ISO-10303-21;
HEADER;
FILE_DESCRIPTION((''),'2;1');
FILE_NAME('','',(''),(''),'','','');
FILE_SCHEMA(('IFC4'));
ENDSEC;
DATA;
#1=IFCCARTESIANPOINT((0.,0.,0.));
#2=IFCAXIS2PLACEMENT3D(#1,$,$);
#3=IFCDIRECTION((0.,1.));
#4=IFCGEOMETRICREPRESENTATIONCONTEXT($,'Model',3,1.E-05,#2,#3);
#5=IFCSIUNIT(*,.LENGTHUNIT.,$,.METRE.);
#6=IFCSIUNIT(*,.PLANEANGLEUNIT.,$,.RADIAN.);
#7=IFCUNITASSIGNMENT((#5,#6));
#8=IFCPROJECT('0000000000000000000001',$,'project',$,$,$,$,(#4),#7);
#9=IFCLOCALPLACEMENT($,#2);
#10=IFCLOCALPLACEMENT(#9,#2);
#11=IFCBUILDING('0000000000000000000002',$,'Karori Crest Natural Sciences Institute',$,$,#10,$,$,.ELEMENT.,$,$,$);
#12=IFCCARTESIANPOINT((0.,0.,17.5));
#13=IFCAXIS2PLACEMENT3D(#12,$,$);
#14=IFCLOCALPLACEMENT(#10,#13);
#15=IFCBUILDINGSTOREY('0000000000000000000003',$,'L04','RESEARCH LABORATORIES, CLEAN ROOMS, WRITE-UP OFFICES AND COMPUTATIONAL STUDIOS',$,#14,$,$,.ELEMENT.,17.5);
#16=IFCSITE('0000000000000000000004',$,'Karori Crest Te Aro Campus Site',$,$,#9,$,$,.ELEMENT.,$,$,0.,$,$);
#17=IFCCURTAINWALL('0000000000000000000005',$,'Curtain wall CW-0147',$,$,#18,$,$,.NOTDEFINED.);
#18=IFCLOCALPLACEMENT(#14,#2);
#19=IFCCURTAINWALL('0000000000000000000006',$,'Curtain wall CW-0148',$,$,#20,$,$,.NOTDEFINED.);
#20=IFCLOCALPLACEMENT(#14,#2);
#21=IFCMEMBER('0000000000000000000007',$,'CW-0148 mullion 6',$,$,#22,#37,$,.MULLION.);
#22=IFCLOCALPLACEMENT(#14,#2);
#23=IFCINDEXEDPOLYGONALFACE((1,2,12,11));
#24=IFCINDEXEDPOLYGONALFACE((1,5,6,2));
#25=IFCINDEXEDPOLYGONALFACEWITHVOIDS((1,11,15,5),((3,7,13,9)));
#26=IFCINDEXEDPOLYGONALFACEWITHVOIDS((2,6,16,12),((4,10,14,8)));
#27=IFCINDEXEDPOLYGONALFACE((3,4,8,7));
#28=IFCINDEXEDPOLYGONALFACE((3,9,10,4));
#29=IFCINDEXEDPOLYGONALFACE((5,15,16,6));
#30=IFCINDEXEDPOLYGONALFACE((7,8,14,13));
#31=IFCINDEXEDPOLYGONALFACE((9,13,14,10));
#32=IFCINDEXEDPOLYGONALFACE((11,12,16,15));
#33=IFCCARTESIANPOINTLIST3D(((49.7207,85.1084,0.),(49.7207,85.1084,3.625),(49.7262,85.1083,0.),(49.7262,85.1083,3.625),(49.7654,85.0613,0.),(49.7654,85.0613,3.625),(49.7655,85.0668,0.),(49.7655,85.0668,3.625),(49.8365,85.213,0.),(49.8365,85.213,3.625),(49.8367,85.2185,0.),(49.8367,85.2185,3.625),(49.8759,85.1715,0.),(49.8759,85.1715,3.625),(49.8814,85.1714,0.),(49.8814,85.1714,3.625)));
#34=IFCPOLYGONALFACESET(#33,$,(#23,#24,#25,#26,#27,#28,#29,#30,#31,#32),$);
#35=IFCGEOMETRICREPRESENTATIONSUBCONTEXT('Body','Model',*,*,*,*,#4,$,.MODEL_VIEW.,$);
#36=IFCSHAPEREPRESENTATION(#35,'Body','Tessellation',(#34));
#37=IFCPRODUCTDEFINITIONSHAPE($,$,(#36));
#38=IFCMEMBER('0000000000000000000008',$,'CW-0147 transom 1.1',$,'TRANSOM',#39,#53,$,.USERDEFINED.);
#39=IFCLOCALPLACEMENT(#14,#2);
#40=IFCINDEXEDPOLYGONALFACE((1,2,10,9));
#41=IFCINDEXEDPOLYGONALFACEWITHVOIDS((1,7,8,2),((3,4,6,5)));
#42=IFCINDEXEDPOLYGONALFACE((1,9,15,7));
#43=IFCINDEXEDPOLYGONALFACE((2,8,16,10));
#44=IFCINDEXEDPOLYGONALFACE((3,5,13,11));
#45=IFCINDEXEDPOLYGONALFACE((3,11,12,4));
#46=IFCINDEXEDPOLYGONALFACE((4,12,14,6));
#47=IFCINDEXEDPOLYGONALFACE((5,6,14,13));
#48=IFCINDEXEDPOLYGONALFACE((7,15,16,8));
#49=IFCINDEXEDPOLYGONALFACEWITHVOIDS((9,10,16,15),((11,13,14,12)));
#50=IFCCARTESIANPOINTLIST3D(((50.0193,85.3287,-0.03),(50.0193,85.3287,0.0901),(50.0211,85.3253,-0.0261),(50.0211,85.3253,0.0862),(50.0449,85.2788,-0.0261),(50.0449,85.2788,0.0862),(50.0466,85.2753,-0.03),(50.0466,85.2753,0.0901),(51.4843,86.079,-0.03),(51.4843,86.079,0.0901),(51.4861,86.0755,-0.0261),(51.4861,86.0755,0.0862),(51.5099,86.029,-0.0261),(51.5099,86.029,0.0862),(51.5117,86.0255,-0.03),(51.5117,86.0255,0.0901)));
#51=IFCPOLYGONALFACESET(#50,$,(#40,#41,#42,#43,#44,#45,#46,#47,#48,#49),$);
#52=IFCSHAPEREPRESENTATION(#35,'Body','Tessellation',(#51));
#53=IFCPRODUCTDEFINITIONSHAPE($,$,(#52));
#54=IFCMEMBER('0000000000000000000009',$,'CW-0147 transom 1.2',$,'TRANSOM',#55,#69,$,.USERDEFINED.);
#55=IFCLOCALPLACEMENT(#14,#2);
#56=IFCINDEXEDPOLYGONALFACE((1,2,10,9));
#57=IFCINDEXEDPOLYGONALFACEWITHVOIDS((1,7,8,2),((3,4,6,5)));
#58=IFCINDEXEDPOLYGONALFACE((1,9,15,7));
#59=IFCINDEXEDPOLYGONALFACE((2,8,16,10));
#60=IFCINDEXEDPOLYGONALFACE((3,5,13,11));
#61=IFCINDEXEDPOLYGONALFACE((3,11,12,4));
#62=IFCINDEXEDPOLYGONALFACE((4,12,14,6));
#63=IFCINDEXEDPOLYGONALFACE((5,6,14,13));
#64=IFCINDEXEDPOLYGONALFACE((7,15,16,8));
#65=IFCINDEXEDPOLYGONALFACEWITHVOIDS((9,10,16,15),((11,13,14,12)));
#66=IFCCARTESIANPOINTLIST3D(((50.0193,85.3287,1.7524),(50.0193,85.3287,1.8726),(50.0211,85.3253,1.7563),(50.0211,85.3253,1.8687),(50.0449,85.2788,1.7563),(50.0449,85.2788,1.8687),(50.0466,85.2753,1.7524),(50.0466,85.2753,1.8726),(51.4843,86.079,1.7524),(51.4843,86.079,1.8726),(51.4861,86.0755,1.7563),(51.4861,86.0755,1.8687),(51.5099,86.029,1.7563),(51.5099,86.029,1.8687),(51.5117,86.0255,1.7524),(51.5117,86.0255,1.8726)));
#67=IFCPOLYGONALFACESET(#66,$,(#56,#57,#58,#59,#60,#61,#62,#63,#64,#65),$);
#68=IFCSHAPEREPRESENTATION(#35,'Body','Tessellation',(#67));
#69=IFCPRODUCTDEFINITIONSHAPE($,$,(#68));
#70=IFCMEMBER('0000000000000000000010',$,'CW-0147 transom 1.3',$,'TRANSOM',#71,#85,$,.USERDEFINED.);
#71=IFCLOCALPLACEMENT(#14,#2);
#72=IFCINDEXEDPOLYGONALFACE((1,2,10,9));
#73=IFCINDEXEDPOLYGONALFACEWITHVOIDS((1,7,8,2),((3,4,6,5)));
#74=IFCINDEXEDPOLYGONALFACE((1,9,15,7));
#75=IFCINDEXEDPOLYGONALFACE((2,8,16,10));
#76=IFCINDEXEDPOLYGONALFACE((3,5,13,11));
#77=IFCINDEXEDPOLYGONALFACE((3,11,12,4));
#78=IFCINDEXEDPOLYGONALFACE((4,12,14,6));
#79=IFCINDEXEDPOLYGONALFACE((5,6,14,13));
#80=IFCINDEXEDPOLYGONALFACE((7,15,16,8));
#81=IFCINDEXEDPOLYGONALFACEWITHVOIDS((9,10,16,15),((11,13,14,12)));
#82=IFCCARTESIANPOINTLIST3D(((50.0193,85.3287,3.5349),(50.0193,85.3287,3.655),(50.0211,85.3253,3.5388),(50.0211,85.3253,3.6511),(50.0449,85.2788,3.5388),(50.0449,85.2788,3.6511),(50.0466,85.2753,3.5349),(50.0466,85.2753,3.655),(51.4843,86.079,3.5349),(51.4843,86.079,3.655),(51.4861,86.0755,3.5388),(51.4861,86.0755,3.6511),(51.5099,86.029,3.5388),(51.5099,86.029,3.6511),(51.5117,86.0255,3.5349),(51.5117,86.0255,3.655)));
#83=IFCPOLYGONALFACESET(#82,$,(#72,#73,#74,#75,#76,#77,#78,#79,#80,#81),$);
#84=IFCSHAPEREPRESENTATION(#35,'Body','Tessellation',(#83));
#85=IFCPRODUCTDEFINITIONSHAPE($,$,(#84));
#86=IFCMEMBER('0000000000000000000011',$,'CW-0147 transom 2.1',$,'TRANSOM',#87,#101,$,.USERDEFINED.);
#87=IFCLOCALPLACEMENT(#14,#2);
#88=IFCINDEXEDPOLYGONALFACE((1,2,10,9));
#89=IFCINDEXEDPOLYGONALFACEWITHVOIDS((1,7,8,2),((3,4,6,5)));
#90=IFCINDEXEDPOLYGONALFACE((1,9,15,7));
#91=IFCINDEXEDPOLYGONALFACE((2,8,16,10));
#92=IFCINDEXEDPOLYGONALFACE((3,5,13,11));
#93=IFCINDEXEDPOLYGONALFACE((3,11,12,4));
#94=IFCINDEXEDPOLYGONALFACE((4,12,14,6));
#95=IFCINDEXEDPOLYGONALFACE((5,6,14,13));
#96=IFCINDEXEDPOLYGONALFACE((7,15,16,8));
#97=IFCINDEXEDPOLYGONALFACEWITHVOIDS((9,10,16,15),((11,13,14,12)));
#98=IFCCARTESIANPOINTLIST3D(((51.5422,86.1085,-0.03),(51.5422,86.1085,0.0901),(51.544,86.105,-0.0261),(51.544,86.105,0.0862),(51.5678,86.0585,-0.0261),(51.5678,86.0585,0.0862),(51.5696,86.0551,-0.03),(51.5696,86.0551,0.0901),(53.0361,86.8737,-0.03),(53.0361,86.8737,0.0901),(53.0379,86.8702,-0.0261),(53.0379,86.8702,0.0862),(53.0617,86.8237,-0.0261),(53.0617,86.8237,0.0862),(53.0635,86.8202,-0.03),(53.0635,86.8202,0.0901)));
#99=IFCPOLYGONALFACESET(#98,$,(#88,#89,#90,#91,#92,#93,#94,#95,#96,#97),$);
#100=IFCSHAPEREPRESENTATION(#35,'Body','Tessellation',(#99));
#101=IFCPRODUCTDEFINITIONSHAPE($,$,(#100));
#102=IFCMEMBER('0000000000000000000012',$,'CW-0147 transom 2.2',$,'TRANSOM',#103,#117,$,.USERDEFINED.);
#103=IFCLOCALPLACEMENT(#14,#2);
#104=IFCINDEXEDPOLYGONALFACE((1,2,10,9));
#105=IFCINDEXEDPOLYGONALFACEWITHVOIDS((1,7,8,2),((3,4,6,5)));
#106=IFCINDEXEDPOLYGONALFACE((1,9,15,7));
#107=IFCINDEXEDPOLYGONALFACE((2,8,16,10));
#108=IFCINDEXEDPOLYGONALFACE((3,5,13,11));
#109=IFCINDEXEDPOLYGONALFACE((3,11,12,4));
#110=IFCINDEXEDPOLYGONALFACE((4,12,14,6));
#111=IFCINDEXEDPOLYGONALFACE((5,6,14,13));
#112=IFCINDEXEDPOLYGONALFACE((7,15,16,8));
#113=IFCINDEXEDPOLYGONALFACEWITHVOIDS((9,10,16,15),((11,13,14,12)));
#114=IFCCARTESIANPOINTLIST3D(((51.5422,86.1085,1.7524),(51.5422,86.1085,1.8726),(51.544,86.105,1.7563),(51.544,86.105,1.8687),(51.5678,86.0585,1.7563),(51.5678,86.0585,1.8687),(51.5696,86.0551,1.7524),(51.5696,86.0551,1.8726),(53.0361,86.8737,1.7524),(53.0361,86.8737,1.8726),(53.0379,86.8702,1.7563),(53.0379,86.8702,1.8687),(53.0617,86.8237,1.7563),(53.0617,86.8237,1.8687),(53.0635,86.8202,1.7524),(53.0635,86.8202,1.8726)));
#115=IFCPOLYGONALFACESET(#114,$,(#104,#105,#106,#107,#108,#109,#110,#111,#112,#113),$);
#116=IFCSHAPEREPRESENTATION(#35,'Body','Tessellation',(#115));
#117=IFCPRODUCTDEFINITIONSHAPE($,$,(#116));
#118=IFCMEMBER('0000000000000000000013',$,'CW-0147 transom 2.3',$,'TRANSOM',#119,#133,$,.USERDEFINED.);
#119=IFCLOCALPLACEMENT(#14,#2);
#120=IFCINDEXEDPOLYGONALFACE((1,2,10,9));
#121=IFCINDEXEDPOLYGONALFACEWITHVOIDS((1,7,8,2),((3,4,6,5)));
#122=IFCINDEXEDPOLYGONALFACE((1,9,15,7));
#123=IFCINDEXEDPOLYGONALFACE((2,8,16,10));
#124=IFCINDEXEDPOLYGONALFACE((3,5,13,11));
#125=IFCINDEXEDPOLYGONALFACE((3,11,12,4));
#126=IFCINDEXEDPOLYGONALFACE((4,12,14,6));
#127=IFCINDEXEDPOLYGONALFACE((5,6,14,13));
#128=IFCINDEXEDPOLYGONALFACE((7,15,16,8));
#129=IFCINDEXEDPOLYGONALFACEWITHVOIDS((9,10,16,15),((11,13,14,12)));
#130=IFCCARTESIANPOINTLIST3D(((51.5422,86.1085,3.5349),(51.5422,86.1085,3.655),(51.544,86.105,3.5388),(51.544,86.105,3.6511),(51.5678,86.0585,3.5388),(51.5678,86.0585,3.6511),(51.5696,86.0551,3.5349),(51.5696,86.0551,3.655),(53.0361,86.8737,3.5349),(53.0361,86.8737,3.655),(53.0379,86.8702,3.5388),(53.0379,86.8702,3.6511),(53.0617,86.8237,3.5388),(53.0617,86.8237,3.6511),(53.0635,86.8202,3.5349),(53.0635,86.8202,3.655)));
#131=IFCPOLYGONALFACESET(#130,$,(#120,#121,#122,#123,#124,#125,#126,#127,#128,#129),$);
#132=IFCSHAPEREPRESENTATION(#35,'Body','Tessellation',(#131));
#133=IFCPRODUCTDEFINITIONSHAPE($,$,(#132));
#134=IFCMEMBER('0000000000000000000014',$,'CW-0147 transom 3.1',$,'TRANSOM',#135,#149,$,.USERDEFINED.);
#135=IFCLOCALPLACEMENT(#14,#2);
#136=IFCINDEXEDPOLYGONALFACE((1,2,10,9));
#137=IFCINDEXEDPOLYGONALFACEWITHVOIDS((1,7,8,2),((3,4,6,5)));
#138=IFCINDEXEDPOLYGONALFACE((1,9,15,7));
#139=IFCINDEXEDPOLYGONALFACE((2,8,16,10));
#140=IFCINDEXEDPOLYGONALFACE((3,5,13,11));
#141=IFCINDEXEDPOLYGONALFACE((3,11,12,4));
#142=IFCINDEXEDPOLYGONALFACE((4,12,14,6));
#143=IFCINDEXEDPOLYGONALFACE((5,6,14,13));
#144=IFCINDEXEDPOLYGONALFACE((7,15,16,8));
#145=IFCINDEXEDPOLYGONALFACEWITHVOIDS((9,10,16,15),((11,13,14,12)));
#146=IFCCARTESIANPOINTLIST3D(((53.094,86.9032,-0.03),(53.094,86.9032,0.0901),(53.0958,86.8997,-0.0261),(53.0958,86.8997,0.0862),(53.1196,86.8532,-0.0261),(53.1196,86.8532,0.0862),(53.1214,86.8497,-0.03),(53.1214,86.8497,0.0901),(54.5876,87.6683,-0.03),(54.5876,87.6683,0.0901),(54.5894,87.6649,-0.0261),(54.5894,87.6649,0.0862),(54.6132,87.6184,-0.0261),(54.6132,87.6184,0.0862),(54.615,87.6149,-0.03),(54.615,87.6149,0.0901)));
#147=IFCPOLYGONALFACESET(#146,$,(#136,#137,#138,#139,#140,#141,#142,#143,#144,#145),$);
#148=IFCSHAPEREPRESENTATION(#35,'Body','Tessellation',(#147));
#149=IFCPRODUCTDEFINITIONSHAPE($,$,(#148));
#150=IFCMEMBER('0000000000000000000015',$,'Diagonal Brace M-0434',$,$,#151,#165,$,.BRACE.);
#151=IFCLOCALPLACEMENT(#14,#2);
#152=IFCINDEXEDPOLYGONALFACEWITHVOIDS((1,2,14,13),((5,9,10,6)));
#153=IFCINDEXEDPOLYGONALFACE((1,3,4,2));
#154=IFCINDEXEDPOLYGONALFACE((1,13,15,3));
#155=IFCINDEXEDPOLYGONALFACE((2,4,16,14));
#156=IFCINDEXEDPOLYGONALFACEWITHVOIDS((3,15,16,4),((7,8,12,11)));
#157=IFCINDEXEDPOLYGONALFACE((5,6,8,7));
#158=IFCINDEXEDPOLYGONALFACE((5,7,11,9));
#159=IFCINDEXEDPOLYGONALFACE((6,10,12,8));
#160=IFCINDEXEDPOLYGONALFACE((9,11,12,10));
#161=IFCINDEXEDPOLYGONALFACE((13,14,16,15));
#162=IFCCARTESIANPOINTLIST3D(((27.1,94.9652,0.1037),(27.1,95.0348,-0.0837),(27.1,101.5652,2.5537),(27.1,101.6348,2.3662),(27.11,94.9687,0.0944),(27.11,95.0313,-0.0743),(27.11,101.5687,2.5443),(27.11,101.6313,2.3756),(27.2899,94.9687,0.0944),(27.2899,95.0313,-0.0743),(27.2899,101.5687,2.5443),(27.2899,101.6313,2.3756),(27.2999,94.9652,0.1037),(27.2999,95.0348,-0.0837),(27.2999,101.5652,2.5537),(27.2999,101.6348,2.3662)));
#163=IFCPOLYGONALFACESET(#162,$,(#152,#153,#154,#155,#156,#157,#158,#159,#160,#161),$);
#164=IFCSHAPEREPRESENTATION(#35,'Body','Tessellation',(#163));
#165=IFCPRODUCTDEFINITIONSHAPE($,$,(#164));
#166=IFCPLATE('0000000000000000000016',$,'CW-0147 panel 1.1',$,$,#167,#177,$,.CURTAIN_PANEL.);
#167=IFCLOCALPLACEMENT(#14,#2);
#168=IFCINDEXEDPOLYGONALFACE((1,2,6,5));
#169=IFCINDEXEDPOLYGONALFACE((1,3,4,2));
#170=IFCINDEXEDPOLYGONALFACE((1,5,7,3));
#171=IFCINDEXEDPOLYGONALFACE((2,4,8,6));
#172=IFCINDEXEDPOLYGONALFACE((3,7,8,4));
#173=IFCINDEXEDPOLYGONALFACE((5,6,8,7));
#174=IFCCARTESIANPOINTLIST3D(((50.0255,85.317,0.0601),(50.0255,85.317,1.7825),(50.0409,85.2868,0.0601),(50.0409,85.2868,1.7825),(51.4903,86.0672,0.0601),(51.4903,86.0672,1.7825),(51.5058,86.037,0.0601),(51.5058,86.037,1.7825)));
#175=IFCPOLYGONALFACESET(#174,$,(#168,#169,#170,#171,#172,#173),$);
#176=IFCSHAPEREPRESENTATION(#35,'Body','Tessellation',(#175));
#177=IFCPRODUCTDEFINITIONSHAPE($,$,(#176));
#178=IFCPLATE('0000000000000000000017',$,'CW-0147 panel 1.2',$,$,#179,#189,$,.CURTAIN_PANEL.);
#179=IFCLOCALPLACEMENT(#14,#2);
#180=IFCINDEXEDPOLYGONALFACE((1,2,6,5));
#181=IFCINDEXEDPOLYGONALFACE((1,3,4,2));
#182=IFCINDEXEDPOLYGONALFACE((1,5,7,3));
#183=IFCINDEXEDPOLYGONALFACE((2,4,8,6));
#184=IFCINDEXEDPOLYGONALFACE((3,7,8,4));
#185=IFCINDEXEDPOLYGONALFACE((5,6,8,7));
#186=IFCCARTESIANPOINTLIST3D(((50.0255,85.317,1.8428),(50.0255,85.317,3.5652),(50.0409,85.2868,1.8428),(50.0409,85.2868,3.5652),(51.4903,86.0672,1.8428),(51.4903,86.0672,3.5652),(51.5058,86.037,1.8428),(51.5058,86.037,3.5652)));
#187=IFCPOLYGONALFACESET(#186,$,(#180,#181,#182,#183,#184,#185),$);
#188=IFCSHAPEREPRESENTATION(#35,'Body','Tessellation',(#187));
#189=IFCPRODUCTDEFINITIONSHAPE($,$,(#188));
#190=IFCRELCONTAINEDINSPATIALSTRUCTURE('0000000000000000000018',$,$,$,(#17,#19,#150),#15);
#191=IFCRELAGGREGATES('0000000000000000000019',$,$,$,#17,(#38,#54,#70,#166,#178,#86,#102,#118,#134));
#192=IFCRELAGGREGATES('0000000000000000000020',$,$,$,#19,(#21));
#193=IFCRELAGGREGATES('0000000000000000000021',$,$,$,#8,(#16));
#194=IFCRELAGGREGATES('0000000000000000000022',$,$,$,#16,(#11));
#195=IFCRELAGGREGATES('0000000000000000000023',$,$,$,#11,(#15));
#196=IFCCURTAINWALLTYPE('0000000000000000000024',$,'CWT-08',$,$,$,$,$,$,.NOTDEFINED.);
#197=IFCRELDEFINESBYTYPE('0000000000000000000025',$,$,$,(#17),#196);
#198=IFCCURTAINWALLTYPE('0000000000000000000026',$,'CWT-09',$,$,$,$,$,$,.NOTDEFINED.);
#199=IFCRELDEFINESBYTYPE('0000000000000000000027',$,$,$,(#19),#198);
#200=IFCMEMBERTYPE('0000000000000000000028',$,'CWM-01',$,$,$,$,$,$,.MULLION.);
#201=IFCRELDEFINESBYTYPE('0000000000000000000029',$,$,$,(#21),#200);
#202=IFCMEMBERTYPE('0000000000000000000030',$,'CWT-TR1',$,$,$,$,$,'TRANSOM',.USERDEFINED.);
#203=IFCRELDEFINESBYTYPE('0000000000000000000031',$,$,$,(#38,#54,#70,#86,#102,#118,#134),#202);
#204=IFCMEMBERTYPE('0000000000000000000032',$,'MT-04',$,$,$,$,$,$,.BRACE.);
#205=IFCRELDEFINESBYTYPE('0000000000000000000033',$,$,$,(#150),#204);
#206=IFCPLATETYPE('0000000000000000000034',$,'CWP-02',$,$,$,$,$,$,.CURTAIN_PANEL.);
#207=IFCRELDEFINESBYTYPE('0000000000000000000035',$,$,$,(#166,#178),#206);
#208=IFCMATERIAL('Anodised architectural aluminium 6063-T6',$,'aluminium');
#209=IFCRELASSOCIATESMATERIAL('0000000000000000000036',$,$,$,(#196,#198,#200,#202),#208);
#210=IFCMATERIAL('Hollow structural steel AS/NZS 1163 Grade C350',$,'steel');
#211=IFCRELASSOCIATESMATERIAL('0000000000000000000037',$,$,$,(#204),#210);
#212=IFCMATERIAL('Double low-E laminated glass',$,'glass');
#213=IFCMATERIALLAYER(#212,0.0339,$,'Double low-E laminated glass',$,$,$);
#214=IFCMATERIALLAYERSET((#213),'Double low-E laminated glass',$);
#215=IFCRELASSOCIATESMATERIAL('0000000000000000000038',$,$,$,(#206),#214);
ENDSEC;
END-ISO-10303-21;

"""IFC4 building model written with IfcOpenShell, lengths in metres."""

from ifc_helpers import new_model, si_unit, direction, frame, origin, origin_2d, place, context, subcontext, project, spatial, rectangle, hollow_rectangle, extrude, material, layer, layer_set, material_profile, profile_set, type_object, element, aggregate, save


model = new_model("IFC4")

# Units and contexts
model_context = context("Model", 3, precision=1e-05, world=origin(), true_north=direction((0.0, 1.0)))
body_context = subcontext(model_context, "Body", "Model", "MODEL_VIEW")
ifc_project = project(units=[si_unit("LENGTHUNIT", "METRE"), si_unit("PLANEANGLEUNIT", "RADIAN")], contexts=[model_context])

# Site, building, storey
site_placement = place(None, origin())
site = spatial("IfcSite", under=ifc_project, at=site_placement, Name="Karori Crest Te Aro Campus Site", CompositionType="ELEMENT", RefElevation=0.0)
building_placement = place(site_placement, origin())
building = spatial("IfcBuilding", under=site, at=building_placement, Name="Karori Crest Natural Sciences Institute", CompositionType="ELEMENT")
storey_placement = place(building_placement, frame((0.0, 0.0, 17.5)))
storey = spatial("IfcBuildingStorey", under=building, at=storey_placement, Name="L04", Description="RESEARCH LABORATORIES, CLEAN ROOMS, WRITE-UP OFFICES AND COMPUTATIONAL STUDIOS", CompositionType="ELEMENT", Elevation=17.5)

# Shared definitions
ifc_material_1 = material(Name="Hollow structural steel AS/NZS 1163 Grade C350", Category="steel")

# Curtain wall
ifc_material_2 = material(Name="Anodised architectural aluminium 6063-T6", Category="aluminium")
curtain_wall_type_1 = type_object("IfcCurtainWallType", Name="CWT-08", PredefinedType="NOTDEFINED", material=ifc_material_2)
curtain_wall_1_placement = place(storey_placement, origin())
curtain_wall_1 = element("IfcCurtainWall", 1, at=curtain_wall_1_placement, inside=storey, type_object=curtain_wall_type_1, Name="Curtain wall CW-0147", PredefinedType="NOTDEFINED")
ifc_material_profile_1 = material_profile(ifc_material_2, hollow_rectangle(XDim=0.0649, YDim=0.1599, WallThickness=0.0039, at=origin_2d()), Name="CWM160x65x4")
ifc_profile_set_1 = profile_set([ifc_material_profile_1], Name="Anodised architectural aluminium 6063-T6")
member_type_1 = type_object("IfcMemberType", Name="CWM-01", PredefinedType="MULLION", material=ifc_profile_set_1)

# Curtain wall, member
curtain_wall_type_2 = type_object("IfcCurtainWallType", Name="CWT-09", PredefinedType="NOTDEFINED", material=ifc_material_2)
curtain_wall_2_placement = place(storey_placement, origin())
curtain_wall_2 = element("IfcCurtainWall", 2, at=curtain_wall_2_placement, inside=storey, type_object=curtain_wall_type_2, Name="Curtain wall CW-0148", PredefinedType="NOTDEFINED")
member_1_placement = place(storey_placement, frame((49.801, 85.1399, 0.0), z_axis=(0.0, 0.0, 1.0), x_axis=(-0.688251, 0.725473, 0.0)))
member_1 = element("IfcMember", 3, at=member_1_placement, type_object=member_type_1, Name="CW-0148 mullion 6", PredefinedType="MULLION", context=body_context, shape_type="SweptSolid", body=[
    extrude(hollow_rectangle(XDim=0.0649, YDim=0.1599, WallThickness=0.0039, at=origin_2d()), origin(), (0.0, 0.0, 1.0), 3.625),
])

# Members
ifc_material_profile_2 = material_profile(ifc_material_2, hollow_rectangle(XDim=0.0601, YDim=0.1201, WallThickness=0.0039, at=origin_2d()), Name="CWT120x60x4")
ifc_profile_set_2 = profile_set([ifc_material_profile_2], Name="Anodised architectural aluminium 6063-T6")
member_type_2 = type_object("IfcMemberType", Name="CWT-TR1", ElementType="TRANSOM", PredefinedType="USERDEFINED", material=ifc_profile_set_2)
member_2_placement = place(storey_placement, frame((50.033, 85.302, 0.03), z_axis=(0.890084, 0.455796, 0.0), x_axis=(-0.455796, 0.890084, 0.0)))
member_2 = element("IfcMember", 4, at=member_2_placement, type_object=member_type_2, Name="CW-0147 transom 1.1", ObjectType="TRANSOM", PredefinedType="USERDEFINED", context=body_context, shape_type="SweptSolid", body=[
    extrude(hollow_rectangle(XDim=0.0601, YDim=0.1201, WallThickness=0.0039, at=origin_2d()), origin(), (0.0, 0.0, 1.0), 1.646),
])
member_3_placement = place(storey_placement, frame((50.033, 85.302, 1.8125), z_axis=(0.890084, 0.455796, 0.0), x_axis=(-0.455796, 0.890084, 0.0)))
member_3 = element("IfcMember", 5, at=member_3_placement, type_object=member_type_2, Name="CW-0147 transom 1.2", ObjectType="TRANSOM", PredefinedType="USERDEFINED", context=body_context, shape_type="SweptSolid", body=[
    extrude(hollow_rectangle(XDim=0.0601, YDim=0.1201, WallThickness=0.0039, at=origin_2d()), origin(), (0.0, 0.0, 1.0), 1.646),
])
member_4_placement = place(storey_placement, frame((50.033, 85.302, 3.595), z_axis=(0.890084, 0.455796, 0.0), x_axis=(-0.455796, 0.890084, 0.0)))
member_4 = element("IfcMember", 6, at=member_4_placement, type_object=member_type_2, Name="CW-0147 transom 1.3", ObjectType="TRANSOM", PredefinedType="USERDEFINED", context=body_context, shape_type="SweptSolid", body=[
    extrude(hollow_rectangle(XDim=0.0601, YDim=0.1201, WallThickness=0.0039, at=origin_2d()), origin(), (0.0, 0.0, 1.0), 1.646),
])
member_5_placement = place(storey_placement, frame((51.5559, 86.0818, 0.03), z_axis=(0.890051, 0.455862, 0.0), x_axis=(-0.455862, 0.890051, 0.0)))
member_5 = element("IfcMember", 7, at=member_5_placement, type_object=member_type_2, Name="CW-0147 transom 2.1", ObjectType="TRANSOM", PredefinedType="USERDEFINED", context=body_context, shape_type="SweptSolid", body=[
    extrude(hollow_rectangle(XDim=0.0601, YDim=0.1201, WallThickness=0.0039, at=origin_2d()), origin(), (0.0, 0.0, 1.0), 1.6785),
])
member_6_placement = place(storey_placement, frame((51.5559, 86.0818, 1.8125), z_axis=(0.890051, 0.455862, 0.0), x_axis=(-0.455862, 0.890051, 0.0)))
member_6 = element("IfcMember", 8, at=member_6_placement, type_object=member_type_2, Name="CW-0147 transom 2.2", ObjectType="TRANSOM", PredefinedType="USERDEFINED", context=body_context, shape_type="SweptSolid", body=[
    extrude(hollow_rectangle(XDim=0.0601, YDim=0.1201, WallThickness=0.0039, at=origin_2d()), origin(), (0.0, 0.0, 1.0), 1.6785),
])
member_7_placement = place(storey_placement, frame((51.5559, 86.0818, 3.595), z_axis=(0.890051, 0.455862, 0.0), x_axis=(-0.455862, 0.890051, 0.0)))
member_7 = element("IfcMember", 9, at=member_7_placement, type_object=member_type_2, Name="CW-0147 transom 2.3", ObjectType="TRANSOM", PredefinedType="USERDEFINED", context=body_context, shape_type="SweptSolid", body=[
    extrude(hollow_rectangle(XDim=0.0601, YDim=0.1201, WallThickness=0.0039, at=origin_2d()), origin(), (0.0, 0.0, 1.0), 1.6785),
])
member_8_placement = place(storey_placement, frame((53.1077, 86.8765, 0.03), z_axis=(0.89002, 0.455921, 0.0), x_axis=(-0.455921, 0.89002, 0.0)))
member_8 = element("IfcMember", 10, at=member_8_placement, type_object=member_type_2, Name="CW-0147 transom 3.1", ObjectType="TRANSOM", PredefinedType="USERDEFINED", context=body_context, shape_type="SweptSolid", body=[
    extrude(hollow_rectangle(XDim=0.0601, YDim=0.1201, WallThickness=0.0039, at=origin_2d()), origin(), (0.0, 0.0, 1.0), 1.6782),
])
ifc_material_profile_3 = material_profile(ifc_material_1, hollow_rectangle(XDim=0.2, YDim=0.2, WallThickness=0.01, at=origin_2d()), Name="SHS200x200x10")
ifc_profile_set_3 = profile_set([ifc_material_profile_3], Name="Hollow structural steel AS/NZS 1163 Grade C350")
member_type_3 = type_object("IfcMemberType", Name="MT-04", PredefinedType="BRACE", material=ifc_profile_set_3)
member_9_placement = place(storey_placement, frame((27.2, 95.0, 0.01), z_axis=(0.0, 0.937495, 0.347998), x_axis=(-1.0, 0.0, 0.0)))
element("IfcMember", 11, at=member_9_placement, inside=storey, type_object=member_type_3, Name="Diagonal Brace M-0434", PredefinedType="BRACE", context=body_context, shape_type="SweptSolid", body=[
    extrude(hollow_rectangle(XDim=0.2, YDim=0.2, WallThickness=0.01, at=origin_2d()), origin(), (0.0, 0.0, 1.0), 7.04),
])

# Plates
ifc_material_3 = material(Name="Double low-E laminated glass", Category="glass")
ifc_layer_1 = layer(ifc_material_3, 0.0339, Name="Double low-E laminated glass")
ifc_layer_set_1 = layer_set([ifc_layer_1], Name="Double low-E laminated glass")
plate_type_1 = type_object("IfcPlateType", Name="CWP-02", PredefinedType="CURTAIN_PANEL", material=ifc_layer_set_1)
plate_1_placement = place(storey_placement, frame((50.7656, 85.677, 0.0601), z_axis=(0.0, 0.0, 1.0), x_axis=(0.890067, 0.455829, 0.0)))
plate_1 = element("IfcPlate", 12, at=plate_1_placement, type_object=plate_type_1, Name="CW-0147 panel 1.1", PredefinedType="CURTAIN_PANEL", context=body_context, shape_type="SweptSolid", body=[
    extrude(rectangle(XDim=1.6458, YDim=0.0339, at=origin_2d()), origin(), (0.0, 0.0, 1.0), 1.7224),
])
plate_2_placement = place(storey_placement, frame((50.7656, 85.677, 1.8428), z_axis=(0.0, 0.0, 1.0), x_axis=(0.890067, 0.455829, 0.0)))
plate_2 = element("IfcPlate", 13, at=plate_2_placement, type_object=plate_type_1, Name="CW-0147 panel 1.2", PredefinedType="CURTAIN_PANEL", context=body_context, shape_type="SweptSolid", body=[
    extrude(rectangle(XDim=1.6458, YDim=0.0339, at=origin_2d()), origin(), (0.0, 0.0, 1.0), 1.7224),
])
aggregate(curtain_wall_1, [member_2, member_3, member_4, plate_1, plate_2, member_5, member_6, member_7, member_8])
aggregate(curtain_wall_2, [member_1])

save(model, "model.ifc")
